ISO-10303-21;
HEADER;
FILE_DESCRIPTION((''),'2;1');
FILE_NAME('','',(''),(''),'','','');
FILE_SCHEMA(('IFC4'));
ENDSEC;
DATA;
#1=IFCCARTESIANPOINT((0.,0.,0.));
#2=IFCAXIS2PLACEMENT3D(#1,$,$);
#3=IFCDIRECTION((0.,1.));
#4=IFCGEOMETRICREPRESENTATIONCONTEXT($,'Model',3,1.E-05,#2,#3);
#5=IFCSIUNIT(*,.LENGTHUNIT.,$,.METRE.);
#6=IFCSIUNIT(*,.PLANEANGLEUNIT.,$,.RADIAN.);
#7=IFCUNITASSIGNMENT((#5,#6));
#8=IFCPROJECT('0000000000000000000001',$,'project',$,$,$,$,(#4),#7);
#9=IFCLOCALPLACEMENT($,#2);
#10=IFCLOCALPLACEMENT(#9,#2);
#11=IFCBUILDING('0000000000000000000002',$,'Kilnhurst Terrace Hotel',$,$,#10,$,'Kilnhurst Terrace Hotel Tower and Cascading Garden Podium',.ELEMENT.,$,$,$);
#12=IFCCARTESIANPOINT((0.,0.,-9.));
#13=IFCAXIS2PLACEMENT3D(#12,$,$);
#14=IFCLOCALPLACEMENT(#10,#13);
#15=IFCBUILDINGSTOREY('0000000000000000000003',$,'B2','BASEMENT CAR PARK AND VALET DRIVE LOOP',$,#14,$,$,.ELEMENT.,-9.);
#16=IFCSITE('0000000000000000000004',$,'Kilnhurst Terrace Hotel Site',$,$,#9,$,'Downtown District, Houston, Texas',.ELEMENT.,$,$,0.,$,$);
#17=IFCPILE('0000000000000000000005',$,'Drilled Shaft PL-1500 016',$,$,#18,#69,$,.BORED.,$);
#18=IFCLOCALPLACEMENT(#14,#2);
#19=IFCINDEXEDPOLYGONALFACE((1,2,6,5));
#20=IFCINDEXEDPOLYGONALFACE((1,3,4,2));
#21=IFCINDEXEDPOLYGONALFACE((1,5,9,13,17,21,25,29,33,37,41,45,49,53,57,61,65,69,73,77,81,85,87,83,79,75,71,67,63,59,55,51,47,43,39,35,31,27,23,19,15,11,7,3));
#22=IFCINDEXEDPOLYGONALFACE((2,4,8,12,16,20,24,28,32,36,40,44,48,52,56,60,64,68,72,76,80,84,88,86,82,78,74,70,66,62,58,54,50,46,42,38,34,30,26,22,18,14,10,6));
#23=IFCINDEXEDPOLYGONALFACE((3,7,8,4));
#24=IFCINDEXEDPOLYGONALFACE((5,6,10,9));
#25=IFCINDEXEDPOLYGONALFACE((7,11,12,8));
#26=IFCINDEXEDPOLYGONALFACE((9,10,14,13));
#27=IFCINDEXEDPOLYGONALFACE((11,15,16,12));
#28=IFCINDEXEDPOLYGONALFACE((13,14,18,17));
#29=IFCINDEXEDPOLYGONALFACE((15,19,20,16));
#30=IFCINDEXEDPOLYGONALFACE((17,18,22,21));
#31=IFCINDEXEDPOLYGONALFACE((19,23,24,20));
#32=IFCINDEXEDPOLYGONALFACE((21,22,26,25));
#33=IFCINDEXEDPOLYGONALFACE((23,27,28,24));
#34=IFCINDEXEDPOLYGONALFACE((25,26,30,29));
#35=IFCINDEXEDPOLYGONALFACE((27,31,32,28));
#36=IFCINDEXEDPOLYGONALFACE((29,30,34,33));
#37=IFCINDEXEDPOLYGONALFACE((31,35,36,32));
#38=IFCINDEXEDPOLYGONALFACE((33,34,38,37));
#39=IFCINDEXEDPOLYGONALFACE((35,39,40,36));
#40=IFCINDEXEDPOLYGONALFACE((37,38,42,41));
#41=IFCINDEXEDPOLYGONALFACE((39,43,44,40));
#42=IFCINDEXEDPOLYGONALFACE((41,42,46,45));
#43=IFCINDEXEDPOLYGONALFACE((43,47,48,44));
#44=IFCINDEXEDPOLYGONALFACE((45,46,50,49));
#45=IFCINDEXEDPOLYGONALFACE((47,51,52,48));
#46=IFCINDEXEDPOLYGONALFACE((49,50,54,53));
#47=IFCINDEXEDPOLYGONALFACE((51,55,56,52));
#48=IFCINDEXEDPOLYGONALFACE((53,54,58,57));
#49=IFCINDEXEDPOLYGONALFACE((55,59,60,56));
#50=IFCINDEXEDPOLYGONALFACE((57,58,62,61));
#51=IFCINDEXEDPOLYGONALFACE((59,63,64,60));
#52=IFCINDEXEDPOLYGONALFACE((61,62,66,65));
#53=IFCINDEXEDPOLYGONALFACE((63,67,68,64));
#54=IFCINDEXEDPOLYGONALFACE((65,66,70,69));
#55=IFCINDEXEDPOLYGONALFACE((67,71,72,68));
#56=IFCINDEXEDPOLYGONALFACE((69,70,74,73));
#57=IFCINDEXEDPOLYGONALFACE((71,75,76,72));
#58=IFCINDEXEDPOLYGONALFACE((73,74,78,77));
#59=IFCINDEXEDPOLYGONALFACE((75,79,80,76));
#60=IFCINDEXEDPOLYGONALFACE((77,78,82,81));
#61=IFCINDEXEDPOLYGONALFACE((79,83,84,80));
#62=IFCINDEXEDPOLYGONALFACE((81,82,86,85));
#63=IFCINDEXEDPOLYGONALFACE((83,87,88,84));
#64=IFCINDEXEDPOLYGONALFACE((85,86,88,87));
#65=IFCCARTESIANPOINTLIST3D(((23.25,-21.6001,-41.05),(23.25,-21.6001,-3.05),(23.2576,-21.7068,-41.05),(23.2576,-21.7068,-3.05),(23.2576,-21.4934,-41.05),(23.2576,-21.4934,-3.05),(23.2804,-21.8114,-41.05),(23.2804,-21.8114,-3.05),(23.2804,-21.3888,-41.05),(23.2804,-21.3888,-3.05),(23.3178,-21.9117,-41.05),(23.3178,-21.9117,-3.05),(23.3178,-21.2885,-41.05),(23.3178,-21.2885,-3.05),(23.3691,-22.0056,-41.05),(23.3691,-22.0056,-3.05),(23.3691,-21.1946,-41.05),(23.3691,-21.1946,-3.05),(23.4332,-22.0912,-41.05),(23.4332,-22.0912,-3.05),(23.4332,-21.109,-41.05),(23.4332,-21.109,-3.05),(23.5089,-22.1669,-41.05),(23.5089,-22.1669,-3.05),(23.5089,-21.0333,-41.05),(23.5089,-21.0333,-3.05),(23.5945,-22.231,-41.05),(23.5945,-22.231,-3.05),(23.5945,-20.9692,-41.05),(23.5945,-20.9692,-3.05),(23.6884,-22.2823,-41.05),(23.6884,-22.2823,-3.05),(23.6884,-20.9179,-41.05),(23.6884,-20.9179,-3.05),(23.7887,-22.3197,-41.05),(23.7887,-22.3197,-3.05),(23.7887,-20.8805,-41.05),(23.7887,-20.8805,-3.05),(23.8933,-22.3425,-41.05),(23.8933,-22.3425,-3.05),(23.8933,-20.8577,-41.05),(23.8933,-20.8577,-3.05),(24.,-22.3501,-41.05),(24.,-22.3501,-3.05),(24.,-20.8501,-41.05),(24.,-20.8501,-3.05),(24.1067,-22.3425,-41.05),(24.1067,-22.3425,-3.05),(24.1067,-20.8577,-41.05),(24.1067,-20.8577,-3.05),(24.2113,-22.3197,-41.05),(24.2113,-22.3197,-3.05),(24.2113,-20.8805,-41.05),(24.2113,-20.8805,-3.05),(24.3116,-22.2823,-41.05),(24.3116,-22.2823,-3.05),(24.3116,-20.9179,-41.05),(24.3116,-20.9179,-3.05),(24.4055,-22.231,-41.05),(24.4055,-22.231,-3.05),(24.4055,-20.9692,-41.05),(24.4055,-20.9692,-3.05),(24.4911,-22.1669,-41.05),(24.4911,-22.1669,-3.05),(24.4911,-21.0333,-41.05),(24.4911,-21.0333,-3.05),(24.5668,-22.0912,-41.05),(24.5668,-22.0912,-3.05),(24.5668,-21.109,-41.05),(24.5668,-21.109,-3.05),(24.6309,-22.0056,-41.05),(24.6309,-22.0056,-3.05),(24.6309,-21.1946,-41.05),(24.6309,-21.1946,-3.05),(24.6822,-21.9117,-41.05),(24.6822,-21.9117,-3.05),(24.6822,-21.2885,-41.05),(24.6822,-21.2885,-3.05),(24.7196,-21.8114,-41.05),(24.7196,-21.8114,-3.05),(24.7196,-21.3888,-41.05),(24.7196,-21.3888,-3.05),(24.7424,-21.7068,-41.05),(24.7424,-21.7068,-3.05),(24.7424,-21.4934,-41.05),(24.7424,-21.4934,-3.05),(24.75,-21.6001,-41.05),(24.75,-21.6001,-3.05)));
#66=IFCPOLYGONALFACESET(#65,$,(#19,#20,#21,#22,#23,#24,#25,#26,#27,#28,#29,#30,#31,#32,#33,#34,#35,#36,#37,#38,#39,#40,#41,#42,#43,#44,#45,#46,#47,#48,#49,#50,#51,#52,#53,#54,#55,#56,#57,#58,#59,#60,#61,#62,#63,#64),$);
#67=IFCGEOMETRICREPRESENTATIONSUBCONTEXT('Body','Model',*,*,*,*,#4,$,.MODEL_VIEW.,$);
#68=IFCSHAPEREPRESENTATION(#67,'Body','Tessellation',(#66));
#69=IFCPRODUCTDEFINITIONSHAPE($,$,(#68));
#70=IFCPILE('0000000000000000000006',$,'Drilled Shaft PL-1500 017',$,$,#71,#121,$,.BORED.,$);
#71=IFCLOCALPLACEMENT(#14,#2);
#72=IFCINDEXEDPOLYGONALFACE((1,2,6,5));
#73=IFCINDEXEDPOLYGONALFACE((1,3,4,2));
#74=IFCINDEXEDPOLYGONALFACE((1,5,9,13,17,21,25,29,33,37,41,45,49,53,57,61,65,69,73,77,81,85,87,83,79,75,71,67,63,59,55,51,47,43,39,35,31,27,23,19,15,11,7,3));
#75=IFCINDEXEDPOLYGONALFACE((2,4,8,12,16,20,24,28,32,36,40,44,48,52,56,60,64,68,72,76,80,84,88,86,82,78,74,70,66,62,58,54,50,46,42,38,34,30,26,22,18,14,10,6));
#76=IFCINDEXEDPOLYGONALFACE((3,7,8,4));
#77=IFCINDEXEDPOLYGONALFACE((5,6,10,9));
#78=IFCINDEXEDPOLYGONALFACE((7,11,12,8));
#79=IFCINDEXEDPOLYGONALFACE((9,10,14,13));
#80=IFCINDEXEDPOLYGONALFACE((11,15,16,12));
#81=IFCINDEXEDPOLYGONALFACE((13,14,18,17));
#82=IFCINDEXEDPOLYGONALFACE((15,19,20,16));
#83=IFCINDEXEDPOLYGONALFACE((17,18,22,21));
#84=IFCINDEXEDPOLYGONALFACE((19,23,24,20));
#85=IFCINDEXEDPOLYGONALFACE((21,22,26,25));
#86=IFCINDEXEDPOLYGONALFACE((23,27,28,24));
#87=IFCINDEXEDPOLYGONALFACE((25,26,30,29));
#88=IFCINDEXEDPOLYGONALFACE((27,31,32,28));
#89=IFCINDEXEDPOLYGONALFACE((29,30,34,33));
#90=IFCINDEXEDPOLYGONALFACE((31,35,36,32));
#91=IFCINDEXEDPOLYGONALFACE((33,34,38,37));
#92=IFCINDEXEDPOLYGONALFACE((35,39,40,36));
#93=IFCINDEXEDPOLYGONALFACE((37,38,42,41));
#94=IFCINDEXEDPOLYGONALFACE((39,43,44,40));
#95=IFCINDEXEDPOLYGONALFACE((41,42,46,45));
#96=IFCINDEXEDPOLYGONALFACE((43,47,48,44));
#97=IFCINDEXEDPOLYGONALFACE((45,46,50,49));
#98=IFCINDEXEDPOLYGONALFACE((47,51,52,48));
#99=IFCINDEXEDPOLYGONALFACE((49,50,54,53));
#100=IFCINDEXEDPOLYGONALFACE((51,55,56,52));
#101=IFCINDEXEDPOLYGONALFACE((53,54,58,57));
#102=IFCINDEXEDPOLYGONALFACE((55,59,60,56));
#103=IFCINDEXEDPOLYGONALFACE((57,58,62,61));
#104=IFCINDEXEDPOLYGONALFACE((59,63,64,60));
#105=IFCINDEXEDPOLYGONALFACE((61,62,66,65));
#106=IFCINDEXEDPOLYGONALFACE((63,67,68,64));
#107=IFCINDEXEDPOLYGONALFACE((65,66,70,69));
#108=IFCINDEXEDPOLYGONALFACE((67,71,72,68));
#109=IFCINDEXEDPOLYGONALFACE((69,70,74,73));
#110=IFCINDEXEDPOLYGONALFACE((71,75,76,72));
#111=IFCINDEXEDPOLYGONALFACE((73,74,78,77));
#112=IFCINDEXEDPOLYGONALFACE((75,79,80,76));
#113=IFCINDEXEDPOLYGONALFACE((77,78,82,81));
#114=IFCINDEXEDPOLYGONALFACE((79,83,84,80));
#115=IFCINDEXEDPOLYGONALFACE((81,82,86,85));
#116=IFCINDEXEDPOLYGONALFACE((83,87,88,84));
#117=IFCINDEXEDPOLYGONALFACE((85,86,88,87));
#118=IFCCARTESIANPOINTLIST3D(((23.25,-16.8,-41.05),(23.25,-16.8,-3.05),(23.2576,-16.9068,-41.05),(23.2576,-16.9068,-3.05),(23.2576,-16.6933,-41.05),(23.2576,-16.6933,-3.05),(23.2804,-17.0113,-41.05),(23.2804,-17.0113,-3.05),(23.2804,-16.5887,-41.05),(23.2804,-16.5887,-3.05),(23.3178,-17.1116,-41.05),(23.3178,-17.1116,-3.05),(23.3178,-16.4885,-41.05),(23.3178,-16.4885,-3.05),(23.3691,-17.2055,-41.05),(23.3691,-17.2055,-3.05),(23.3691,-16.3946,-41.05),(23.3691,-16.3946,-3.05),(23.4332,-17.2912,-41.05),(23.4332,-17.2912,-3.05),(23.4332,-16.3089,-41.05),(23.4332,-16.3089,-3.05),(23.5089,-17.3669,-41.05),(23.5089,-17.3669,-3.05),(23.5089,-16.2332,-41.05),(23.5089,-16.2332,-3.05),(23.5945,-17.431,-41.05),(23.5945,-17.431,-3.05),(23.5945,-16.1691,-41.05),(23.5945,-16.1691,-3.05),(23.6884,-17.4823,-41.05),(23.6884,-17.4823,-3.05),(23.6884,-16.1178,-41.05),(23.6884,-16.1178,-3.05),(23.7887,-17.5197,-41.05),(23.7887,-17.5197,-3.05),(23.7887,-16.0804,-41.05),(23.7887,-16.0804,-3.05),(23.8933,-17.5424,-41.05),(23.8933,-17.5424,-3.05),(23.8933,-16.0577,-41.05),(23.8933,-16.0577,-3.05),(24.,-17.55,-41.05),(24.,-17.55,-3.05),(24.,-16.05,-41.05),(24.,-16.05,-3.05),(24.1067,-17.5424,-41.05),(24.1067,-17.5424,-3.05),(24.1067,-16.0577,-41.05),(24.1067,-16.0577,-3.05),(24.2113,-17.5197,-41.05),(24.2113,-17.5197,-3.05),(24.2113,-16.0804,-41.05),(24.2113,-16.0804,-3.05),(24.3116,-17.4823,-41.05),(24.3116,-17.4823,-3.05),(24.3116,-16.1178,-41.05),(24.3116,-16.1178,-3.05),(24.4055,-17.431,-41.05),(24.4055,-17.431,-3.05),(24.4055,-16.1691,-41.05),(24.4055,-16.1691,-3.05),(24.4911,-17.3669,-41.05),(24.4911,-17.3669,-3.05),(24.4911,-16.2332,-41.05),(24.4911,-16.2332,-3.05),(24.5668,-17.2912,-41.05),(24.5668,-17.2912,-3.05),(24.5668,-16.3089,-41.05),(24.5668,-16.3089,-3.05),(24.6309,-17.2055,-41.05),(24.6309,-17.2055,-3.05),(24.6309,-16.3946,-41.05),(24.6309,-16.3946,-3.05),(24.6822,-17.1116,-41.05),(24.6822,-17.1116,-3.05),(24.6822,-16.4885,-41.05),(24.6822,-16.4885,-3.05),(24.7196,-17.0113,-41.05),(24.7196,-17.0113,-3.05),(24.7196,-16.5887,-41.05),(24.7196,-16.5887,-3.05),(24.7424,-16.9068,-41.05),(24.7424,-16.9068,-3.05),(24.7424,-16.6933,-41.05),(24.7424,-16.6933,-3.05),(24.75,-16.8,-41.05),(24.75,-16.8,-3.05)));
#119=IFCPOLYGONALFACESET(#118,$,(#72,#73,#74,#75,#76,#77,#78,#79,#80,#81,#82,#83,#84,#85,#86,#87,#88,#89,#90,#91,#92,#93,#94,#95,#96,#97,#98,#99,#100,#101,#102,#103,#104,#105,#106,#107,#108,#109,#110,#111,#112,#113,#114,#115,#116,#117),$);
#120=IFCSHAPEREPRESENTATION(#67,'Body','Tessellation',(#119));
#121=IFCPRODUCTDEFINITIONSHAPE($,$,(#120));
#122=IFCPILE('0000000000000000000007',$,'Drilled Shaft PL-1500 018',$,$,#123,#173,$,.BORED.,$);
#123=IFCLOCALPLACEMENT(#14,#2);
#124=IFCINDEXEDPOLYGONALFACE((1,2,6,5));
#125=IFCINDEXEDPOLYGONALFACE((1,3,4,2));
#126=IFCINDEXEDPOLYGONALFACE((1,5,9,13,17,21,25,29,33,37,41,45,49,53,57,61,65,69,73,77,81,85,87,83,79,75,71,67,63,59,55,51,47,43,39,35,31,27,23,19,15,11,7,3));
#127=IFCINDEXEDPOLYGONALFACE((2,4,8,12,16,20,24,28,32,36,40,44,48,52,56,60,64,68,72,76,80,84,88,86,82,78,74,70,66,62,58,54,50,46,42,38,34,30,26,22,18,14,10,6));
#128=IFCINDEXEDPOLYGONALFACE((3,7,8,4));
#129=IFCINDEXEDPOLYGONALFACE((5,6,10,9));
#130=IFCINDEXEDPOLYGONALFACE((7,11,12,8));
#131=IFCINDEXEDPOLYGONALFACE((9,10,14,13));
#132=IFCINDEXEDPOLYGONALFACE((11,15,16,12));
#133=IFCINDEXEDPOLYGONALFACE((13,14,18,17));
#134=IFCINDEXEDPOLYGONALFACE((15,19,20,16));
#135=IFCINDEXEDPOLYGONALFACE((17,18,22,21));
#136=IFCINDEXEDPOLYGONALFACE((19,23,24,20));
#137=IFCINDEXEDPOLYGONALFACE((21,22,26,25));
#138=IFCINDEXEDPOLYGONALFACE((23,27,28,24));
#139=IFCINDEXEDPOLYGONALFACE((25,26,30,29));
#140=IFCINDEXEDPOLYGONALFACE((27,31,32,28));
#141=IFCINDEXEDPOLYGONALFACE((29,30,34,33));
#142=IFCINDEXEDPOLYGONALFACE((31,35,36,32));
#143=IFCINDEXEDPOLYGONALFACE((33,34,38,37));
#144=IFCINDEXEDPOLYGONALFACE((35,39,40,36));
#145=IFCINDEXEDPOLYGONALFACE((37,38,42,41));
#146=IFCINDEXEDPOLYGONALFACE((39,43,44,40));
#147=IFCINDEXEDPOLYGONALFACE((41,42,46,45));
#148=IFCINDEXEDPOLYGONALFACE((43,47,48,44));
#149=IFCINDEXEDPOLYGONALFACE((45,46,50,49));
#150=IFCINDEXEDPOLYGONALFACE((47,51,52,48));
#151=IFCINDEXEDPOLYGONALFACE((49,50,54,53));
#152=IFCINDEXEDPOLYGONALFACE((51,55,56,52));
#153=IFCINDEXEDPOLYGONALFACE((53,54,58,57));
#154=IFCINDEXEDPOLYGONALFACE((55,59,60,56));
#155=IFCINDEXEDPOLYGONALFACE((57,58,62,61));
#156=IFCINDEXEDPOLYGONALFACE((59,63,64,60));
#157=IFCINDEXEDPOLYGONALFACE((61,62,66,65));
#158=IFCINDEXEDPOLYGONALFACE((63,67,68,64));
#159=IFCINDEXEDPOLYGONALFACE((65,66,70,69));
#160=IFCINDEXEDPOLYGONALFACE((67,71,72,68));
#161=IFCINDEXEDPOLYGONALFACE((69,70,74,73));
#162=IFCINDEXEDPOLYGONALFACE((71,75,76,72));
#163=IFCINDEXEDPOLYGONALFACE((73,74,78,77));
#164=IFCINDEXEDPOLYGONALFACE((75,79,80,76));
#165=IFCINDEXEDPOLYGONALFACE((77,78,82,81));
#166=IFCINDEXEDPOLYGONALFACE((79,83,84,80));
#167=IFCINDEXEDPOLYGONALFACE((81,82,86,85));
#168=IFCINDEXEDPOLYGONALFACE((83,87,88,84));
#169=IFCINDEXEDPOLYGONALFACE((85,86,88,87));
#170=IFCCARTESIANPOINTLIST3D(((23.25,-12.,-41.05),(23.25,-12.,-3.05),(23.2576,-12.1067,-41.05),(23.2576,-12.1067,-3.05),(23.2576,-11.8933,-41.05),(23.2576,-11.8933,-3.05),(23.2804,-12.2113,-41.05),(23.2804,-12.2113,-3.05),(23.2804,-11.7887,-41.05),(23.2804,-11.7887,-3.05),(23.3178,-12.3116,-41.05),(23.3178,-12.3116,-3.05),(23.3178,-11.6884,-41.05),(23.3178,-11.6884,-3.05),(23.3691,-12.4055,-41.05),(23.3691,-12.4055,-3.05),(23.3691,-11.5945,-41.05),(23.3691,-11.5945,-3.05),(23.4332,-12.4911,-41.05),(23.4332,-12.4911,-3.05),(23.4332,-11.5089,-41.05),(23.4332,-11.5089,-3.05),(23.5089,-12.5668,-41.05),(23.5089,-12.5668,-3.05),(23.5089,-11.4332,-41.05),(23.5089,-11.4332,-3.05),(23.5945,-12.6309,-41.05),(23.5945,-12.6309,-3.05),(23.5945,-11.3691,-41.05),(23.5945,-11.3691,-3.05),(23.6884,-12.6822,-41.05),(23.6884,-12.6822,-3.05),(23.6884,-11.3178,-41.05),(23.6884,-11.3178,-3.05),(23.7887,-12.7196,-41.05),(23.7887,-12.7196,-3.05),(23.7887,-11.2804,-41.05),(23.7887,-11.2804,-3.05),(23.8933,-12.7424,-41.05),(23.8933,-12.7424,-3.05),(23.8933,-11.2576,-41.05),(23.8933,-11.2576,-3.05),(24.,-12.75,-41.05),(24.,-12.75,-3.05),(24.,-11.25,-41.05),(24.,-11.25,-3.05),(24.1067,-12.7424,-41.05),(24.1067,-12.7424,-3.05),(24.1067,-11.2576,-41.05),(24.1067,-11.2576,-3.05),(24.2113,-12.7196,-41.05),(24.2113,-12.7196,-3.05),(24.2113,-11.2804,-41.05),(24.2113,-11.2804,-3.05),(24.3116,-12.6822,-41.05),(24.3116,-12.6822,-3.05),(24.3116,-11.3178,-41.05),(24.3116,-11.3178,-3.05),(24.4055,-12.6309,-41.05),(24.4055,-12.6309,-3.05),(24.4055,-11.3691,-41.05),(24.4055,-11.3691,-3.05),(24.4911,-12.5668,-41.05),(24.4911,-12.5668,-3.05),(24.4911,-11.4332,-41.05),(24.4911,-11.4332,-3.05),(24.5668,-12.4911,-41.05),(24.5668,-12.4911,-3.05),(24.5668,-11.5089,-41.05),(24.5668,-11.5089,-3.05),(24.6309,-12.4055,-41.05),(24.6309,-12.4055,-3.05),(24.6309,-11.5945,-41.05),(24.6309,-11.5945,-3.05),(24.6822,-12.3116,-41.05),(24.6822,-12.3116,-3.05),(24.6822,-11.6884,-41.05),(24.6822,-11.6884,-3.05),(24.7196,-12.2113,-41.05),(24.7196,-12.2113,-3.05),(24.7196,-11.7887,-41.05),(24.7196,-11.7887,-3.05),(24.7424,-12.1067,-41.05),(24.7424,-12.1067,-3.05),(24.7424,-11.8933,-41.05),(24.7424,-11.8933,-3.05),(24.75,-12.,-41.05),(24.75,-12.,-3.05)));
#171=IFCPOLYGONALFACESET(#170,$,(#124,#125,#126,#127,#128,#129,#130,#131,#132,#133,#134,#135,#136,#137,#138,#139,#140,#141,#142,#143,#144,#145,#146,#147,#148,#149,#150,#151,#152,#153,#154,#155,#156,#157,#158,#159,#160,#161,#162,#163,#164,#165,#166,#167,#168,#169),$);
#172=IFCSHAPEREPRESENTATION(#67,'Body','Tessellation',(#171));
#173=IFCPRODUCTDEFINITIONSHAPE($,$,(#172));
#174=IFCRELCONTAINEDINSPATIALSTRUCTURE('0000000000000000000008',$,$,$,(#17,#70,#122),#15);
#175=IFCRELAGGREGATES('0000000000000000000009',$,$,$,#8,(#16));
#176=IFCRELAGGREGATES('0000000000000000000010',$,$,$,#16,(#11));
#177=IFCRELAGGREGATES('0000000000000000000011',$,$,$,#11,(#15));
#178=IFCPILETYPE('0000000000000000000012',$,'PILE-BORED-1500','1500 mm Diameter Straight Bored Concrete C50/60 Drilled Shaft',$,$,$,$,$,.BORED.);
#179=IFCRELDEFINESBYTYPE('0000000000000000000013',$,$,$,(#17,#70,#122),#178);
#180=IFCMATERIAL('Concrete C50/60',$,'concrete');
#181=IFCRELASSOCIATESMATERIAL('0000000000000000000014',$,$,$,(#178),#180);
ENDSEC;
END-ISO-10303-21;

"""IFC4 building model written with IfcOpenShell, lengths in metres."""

from ifc_helpers import new_model, si_unit, direction, frame, origin, origin_2d, place, context, subcontext, project, spatial, circle, extrude, material, material_profile, profile_set, type_object, element, save


model = new_model("IFC4")

# Units and contexts
model_context = context("Model", 3, precision=1e-05, world=origin(), true_north=direction((0.0, 1.0)))
body_context = subcontext(model_context, "Body", "Model", "MODEL_VIEW")
ifc_project = project(units=[si_unit("LENGTHUNIT", "METRE"), si_unit("PLANEANGLEUNIT", "RADIAN")], contexts=[model_context])

# Site, building, storey
site_placement = place(None, origin())
site = spatial("IfcSite", under=ifc_project, at=site_placement, Name="Kilnhurst Terrace Hotel Site", LongName="Downtown District, Houston, Texas", CompositionType="ELEMENT", RefElevation=0.0)
building_placement = place(site_placement, origin())
building = spatial("IfcBuilding", under=site, at=building_placement, Name="Kilnhurst Terrace Hotel", LongName="Kilnhurst Terrace Hotel Tower and Cascading Garden Podium", CompositionType="ELEMENT")
storey_placement = place(building_placement, frame((0.0, 0.0, -9.0)))
storey = spatial("IfcBuildingStorey", under=building, at=storey_placement, Name="B2", Description="BASEMENT CAR PARK AND VALET DRIVE LOOP", CompositionType="ELEMENT", Elevation=-9.0)

# Piles
ifc_material_1 = material(Name="Concrete C50/60", Category="concrete")
ifc_material_profile_1 = material_profile(ifc_material_1, circle(Radius=0.75, at=origin_2d()), Name="PILE1500")
ifc_profile_set_1 = profile_set([ifc_material_profile_1], Name="Concrete C50/60")
pile_type_1 = type_object("IfcPileType", Name="PILE-BORED-1500", Description="1500 mm Diameter Straight Bored Concrete C50/60 Drilled Shaft", PredefinedType="BORED", material=ifc_profile_set_1)
for number, where, z_axis, x_axis, name in (
    (1, (24.0, -21.6001, -3.05), (0.0, 0.0, -1.0), (1.0, 0.0, 0.0), "Drilled Shaft PL-1500 016"),
    (2, (24.0, -16.8, -3.05), (0.0, 0.0, -1.0), (1.0, 0.0, 0.0), "Drilled Shaft PL-1500 017"),
    (3, (24.0, -12.0, -3.05), (0.0, 0.0, -1.0), (1.0, 0.0, 0.0), "Drilled Shaft PL-1500 018"),
):
    element("IfcPile", number, at=place(storey_placement, frame(where, z_axis=z_axis, x_axis=x_axis)), inside=storey, type_object=pile_type_1, Name=name, PredefinedType="BORED", context=body_context, shape_type="SweptSolid", body=[
        extrude(circle(Radius=0.75, at=origin_2d()), origin(), (0.0, 0.0, 1.0), 38.0),
    ])

save(model, "model.ifc")
